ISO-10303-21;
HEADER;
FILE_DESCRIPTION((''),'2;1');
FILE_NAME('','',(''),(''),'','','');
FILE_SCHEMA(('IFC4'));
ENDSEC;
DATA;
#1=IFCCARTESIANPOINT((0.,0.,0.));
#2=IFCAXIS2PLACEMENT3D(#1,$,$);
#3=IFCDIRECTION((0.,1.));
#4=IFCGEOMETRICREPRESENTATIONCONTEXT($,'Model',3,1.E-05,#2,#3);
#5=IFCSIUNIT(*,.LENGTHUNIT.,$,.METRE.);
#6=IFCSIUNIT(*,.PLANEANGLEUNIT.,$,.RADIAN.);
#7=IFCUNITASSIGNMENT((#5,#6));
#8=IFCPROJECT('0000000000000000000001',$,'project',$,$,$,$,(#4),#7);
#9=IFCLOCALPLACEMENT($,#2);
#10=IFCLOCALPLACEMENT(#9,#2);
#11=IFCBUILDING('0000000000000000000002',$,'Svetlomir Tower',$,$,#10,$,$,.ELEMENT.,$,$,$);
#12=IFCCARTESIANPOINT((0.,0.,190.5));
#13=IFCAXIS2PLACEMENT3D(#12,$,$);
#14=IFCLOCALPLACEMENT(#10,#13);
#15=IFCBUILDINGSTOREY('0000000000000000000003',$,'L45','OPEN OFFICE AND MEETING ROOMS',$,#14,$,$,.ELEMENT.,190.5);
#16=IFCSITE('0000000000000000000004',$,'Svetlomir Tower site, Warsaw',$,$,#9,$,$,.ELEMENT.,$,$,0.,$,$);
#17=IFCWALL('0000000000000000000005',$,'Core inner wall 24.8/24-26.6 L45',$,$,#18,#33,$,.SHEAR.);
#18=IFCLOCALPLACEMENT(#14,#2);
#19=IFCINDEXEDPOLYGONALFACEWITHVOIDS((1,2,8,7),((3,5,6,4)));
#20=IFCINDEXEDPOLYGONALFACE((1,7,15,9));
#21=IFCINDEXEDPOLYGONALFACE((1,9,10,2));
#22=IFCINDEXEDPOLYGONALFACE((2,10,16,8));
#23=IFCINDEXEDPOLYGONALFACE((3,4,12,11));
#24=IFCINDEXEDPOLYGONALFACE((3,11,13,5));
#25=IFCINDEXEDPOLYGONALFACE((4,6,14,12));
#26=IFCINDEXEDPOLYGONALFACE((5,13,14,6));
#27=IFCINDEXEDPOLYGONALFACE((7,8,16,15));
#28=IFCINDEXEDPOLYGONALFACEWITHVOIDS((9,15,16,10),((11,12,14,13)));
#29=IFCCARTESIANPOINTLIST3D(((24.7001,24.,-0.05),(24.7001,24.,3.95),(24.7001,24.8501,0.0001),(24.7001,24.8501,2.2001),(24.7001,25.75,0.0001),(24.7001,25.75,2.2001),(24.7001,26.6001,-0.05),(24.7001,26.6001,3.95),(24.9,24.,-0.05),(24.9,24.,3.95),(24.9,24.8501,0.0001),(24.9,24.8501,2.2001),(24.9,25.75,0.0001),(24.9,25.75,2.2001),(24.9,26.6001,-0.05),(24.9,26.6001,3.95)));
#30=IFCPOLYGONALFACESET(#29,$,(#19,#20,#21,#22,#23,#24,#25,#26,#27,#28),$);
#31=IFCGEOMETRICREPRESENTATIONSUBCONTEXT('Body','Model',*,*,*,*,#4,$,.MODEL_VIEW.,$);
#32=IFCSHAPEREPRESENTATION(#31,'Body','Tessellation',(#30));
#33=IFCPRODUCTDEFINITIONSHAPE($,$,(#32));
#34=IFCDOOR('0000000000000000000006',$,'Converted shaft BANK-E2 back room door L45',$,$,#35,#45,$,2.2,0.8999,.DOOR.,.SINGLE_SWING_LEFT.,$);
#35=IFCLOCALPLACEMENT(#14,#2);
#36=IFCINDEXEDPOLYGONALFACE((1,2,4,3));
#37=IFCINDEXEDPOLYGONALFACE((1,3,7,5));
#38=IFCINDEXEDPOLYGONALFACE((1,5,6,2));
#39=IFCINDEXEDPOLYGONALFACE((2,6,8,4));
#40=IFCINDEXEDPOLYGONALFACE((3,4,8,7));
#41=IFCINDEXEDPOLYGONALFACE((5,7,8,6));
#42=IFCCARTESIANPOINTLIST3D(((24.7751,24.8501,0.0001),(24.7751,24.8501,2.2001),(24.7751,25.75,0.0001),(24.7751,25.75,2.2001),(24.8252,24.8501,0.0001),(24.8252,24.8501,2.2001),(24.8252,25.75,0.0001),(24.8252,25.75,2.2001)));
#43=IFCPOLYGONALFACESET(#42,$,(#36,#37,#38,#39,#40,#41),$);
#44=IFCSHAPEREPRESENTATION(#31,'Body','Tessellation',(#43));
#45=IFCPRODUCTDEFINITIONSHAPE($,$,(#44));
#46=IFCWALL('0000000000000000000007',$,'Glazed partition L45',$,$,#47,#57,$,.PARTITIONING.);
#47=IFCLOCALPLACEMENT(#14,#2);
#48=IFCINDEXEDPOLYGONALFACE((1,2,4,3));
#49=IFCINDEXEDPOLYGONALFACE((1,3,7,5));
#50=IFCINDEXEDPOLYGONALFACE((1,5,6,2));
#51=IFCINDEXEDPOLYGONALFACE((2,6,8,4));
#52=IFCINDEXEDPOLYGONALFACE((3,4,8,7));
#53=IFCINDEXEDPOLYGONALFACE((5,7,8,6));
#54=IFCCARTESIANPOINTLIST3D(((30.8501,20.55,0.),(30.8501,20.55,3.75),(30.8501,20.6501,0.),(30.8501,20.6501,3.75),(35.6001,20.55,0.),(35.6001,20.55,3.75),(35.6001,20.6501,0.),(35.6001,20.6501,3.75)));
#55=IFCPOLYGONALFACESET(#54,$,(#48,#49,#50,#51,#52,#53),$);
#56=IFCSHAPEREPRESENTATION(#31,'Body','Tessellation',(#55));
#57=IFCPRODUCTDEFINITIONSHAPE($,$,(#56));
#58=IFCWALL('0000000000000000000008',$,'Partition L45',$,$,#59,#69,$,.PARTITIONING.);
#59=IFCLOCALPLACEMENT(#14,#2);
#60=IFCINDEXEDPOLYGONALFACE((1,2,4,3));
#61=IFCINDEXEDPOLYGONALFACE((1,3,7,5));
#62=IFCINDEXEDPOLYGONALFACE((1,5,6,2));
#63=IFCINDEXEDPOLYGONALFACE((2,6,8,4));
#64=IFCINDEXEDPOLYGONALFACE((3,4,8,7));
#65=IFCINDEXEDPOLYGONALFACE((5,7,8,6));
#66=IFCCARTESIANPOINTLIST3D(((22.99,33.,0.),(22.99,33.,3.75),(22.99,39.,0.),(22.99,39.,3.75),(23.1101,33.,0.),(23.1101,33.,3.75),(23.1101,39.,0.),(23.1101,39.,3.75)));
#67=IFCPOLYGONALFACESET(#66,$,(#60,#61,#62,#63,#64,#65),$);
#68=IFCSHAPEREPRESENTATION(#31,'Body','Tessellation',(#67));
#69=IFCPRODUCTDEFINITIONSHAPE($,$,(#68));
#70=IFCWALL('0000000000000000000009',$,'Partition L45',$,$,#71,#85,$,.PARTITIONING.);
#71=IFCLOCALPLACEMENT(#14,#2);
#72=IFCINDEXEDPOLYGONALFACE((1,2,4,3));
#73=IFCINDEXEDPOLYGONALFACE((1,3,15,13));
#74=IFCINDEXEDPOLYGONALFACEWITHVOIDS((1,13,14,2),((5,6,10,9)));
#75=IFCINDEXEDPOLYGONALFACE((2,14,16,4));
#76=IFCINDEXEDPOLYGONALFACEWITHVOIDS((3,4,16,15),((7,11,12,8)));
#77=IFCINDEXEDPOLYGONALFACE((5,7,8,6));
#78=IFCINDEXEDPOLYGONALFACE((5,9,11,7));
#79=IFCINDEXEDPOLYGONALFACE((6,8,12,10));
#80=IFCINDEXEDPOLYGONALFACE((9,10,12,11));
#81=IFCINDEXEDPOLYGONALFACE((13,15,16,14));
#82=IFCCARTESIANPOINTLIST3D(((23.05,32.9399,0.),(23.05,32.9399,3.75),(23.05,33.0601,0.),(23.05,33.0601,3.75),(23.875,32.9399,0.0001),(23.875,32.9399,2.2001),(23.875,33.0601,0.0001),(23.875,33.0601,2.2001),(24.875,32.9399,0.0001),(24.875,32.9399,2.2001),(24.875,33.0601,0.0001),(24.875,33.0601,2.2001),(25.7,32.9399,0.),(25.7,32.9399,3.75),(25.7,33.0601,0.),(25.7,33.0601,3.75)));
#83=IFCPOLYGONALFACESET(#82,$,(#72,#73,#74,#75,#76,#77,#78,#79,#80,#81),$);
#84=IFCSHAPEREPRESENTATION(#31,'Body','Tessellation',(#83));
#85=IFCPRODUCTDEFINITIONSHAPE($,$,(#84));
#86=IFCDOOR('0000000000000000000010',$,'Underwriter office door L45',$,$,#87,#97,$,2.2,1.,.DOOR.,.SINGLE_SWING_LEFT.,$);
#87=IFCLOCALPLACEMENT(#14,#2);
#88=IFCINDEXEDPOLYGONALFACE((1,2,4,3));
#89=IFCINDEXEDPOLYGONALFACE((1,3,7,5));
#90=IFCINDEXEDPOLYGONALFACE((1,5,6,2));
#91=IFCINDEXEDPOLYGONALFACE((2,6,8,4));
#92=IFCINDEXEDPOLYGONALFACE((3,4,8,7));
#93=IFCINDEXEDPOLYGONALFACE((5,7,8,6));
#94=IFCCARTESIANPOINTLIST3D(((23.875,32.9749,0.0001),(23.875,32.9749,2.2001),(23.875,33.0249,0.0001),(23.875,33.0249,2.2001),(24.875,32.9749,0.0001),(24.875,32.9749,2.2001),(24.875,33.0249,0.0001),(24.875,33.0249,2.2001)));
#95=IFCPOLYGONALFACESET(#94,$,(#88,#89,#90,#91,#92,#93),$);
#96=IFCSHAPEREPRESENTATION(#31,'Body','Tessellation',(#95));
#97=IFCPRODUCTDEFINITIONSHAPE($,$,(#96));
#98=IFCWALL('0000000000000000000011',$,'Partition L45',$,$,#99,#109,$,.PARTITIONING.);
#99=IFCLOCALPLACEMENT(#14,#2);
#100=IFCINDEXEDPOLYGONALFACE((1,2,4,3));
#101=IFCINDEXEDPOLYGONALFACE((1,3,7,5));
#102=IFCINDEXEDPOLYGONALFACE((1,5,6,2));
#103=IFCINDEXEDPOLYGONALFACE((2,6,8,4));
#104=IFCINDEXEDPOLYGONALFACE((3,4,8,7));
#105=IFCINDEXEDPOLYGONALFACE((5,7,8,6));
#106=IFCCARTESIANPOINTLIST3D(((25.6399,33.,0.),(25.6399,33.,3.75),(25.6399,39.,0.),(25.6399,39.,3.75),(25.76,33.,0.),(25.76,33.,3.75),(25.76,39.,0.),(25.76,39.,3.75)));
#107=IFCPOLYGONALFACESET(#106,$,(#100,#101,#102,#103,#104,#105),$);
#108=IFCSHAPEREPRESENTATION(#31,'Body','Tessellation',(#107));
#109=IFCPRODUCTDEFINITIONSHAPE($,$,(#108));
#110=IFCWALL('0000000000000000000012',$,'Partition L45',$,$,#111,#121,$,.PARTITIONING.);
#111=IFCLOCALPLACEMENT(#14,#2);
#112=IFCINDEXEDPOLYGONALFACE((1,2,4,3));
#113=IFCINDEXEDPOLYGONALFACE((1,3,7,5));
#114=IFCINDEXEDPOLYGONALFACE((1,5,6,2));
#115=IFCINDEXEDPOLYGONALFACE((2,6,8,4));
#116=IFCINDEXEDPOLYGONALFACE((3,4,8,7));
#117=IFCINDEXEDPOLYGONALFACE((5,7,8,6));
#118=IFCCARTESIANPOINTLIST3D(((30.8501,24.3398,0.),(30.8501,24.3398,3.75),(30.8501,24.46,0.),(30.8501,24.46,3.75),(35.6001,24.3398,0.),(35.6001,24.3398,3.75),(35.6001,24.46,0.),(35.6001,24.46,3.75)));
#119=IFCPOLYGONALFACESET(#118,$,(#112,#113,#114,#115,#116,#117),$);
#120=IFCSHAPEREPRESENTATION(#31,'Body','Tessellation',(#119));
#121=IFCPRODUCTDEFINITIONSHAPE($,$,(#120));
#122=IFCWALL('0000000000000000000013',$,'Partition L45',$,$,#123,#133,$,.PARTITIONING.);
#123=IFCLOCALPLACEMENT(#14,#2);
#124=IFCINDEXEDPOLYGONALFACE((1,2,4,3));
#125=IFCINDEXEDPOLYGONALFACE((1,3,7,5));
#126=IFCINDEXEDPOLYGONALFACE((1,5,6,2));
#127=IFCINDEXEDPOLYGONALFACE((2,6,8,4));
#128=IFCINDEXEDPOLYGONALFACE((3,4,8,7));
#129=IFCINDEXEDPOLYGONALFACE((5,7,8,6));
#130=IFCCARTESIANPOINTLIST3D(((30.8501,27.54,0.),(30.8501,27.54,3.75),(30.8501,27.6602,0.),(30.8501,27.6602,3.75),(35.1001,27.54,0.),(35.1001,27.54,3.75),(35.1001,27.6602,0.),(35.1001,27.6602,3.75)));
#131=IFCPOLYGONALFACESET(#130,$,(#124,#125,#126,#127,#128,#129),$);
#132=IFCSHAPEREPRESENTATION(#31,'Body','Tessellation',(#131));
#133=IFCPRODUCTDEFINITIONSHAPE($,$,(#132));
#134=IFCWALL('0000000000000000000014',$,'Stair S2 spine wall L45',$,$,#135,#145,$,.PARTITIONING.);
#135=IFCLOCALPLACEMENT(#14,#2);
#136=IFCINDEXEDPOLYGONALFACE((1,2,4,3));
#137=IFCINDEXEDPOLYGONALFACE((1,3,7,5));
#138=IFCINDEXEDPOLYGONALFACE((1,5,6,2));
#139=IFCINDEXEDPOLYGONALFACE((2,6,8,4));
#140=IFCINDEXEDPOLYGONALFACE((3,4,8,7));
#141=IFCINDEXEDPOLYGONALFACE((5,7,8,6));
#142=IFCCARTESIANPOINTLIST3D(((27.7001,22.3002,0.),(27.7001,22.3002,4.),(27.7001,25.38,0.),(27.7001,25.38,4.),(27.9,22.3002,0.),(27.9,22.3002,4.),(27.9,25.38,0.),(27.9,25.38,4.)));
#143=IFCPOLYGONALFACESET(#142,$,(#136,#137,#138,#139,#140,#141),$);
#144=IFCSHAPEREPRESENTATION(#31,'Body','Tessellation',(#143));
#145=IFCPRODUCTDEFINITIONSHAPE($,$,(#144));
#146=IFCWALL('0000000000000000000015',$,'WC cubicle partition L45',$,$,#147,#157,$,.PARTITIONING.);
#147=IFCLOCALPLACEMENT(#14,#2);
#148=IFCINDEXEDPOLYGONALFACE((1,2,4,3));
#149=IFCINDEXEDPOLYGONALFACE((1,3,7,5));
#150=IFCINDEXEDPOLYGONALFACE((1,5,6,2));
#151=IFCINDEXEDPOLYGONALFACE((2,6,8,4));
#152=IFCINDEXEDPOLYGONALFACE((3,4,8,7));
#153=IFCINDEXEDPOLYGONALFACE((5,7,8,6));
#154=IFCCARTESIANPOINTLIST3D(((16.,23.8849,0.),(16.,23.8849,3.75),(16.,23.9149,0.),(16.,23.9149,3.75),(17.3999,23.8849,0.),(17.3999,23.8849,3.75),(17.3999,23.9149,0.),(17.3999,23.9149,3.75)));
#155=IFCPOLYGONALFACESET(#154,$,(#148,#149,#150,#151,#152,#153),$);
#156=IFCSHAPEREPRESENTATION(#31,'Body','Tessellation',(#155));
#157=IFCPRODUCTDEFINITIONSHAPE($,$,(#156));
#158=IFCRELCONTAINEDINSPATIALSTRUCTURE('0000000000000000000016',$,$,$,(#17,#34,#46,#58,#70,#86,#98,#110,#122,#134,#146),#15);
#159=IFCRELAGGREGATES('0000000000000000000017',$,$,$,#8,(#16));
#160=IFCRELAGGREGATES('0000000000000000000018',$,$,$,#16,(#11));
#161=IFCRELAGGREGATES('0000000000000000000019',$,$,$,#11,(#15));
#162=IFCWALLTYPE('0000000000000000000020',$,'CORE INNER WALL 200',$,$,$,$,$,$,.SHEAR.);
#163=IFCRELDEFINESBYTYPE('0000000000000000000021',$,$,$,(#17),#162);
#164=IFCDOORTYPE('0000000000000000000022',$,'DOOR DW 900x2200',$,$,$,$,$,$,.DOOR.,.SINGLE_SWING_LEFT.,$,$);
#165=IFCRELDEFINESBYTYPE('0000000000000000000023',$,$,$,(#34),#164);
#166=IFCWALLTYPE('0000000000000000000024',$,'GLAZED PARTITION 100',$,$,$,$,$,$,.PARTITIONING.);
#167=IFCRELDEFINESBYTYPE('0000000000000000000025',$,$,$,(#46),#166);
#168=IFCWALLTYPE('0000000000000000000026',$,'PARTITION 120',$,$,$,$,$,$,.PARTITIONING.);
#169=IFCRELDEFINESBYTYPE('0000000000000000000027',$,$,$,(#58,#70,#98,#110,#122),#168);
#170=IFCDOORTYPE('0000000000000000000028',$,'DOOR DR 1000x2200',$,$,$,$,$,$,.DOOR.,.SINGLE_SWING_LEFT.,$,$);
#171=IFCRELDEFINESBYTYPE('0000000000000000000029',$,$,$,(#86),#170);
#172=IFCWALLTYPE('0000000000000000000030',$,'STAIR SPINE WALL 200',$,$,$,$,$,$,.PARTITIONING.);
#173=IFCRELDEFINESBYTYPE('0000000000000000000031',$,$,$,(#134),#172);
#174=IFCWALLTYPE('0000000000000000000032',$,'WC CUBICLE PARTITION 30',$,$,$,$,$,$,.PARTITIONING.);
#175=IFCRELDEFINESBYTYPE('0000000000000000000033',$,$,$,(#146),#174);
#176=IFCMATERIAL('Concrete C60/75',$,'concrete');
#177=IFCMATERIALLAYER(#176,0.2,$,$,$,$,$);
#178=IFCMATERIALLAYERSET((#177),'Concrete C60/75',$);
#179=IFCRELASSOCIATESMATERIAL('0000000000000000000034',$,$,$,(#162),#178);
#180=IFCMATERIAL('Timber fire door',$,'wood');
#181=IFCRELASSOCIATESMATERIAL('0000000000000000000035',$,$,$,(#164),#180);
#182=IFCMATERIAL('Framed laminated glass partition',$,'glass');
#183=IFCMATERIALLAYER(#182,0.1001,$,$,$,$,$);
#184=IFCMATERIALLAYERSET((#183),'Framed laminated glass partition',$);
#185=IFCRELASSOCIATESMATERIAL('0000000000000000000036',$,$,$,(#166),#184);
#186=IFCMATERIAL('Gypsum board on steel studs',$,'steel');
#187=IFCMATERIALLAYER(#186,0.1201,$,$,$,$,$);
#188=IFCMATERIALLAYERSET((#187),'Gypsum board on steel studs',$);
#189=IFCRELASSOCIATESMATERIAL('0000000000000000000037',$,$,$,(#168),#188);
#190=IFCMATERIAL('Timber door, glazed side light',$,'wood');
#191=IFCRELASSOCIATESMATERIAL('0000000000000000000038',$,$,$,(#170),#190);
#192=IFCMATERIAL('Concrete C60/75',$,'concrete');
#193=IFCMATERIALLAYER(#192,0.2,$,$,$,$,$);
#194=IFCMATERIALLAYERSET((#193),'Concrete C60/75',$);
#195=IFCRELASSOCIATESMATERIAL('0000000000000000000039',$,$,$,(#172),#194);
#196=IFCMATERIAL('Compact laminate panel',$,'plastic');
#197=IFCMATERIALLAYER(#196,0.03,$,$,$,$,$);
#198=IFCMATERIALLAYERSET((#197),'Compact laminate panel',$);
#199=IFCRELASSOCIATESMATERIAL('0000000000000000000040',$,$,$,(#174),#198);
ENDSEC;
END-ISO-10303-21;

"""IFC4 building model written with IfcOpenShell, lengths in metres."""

from ifc_helpers import new_model, si_unit, direction, frame, frame_2d, origin, place, context, subcontext, project, spatial, rectangle, extrude, material, layer, layer_set, type_object, element, fill, save


model = new_model("IFC4")

# Units and contexts
model_context = context("Model", 3, precision=1e-05, world=origin(), true_north=direction((0.0, 1.0)))
body_context = subcontext(model_context, "Body", "Model", "MODEL_VIEW")
ifc_project = project(units=[si_unit("LENGTHUNIT", "METRE"), si_unit("PLANEANGLEUNIT", "RADIAN")], contexts=[model_context])

# Site, building, storey
site_placement = place(None, origin())
site = spatial("IfcSite", under=ifc_project, at=site_placement, Name="Svetlomir Tower site, Warsaw", CompositionType="ELEMENT", RefElevation=0.0)
building_placement = place(site_placement, origin())
building = spatial("IfcBuilding", under=site, at=building_placement, Name="Svetlomir Tower", CompositionType="ELEMENT")
storey_placement = place(building_placement, frame((0.0, 0.0, 190.5)))
storey = spatial("IfcBuildingStorey", under=building, at=storey_placement, Name="L45", Description="OPEN OFFICE AND MEETING ROOMS", CompositionType="ELEMENT", Elevation=190.5)

# Shared definitions
ifc_material_1 = material(Name="Concrete C60/75", Category="concrete")
ifc_layer_1 = layer(ifc_material_1, 0.2)
ifc_layer_set_1 = layer_set([ifc_layer_1], Name="Concrete C60/75")
wall_type_1 = type_object("IfcWallType", Name="CORE INNER WALL 200", PredefinedType="SHEAR", material=ifc_layer_set_1)

# Wall, opening, door
ifc_material_2 = material(Name="Timber fire door", Category="wood")
door_type_1 = type_object("IfcDoorType", Name="DOOR DW 900x2200", OperationType="SINGLE_SWING_LEFT", PredefinedType="DOOR", material=ifc_material_2)
wall_1_placement = place(storey_placement, frame((24.8, 24.0, -0.05), z_axis=(0.0, 0.0, 1.0), x_axis=(0.0, 1.0, 0.0)))
wall_1 = element("IfcWall", 1, at=wall_1_placement, inside=storey, type_object=wall_type_1, Name="Core inner wall 24.8/24-26.6 L45", PredefinedType="SHEAR", context=body_context, shape_type="SweptSolid", body=[
    extrude(rectangle(XDim=2.6001, YDim=0.2, at=frame_2d((1.3, 0.0))), origin(), (0.0, 0.0, 1.0), 4.0),
])
opening_1_placement = place(wall_1_placement, frame((0.8501, 0.0, 0.05)))
opening_1 = element("IfcOpeningElement", 2, at=opening_1_placement, cuts=wall_1, PredefinedType="OPENING", context=body_context, shape_type="SweptSolid", body=[
    extrude(rectangle(XDim=0.8999, YDim=2.2, at=frame_2d((0.45, 1.1001))), frame((0.0, 0.1099, 0.0), z_axis=(0.0, -1.0, 0.0), x_axis=(1.0, 0.0, 0.0)), (0.0, 0.0, 1.0), 0.22),
])
door_1_placement = place(opening_1_placement, origin())
door_1 = element("IfcDoor", 3, at=door_1_placement, inside=storey, type_object=door_type_1, Name="Converted shaft BANK-E2 back room door L45", OperationType="SINGLE_SWING_LEFT", OverallHeight=2.2, OverallWidth=0.8999, PredefinedType="DOOR", context=body_context, shape_type="SweptSolid", body=[
    extrude(rectangle(XDim=0.8999, YDim=2.2, at=frame_2d((0.45, 1.1001))), frame((0.0, 0.0249, 0.0), z_axis=(0.0, -1.0, 0.0), x_axis=(1.0, 0.0, 0.0)), (0.0, 0.0, 1.0), 0.05),
])
fill(opening_1, door_1)

# Walls
ifc_material_3 = material(Name="Framed laminated glass partition", Category="glass")
ifc_layer_2 = layer(ifc_material_3, 0.1001)
ifc_layer_set_2 = layer_set([ifc_layer_2], Name="Framed laminated glass partition")
wall_type_2 = type_object("IfcWallType", Name="GLAZED PARTITION 100", PredefinedType="PARTITIONING", material=ifc_layer_set_2)
wall_2_placement = place(storey_placement, frame((30.8501, 20.6001, 0.0), z_axis=(0.0, 0.0, 1.0), x_axis=(1.0, 0.0, 0.0)))
element("IfcWall", 4, at=wall_2_placement, inside=storey, type_object=wall_type_2, Name="Glazed partition L45", PredefinedType="PARTITIONING", context=body_context, shape_type="SweptSolid", body=[
    extrude(rectangle(XDim=4.75, YDim=0.1001, at=frame_2d((2.375, 0.0))), origin(), (0.0, 0.0, 1.0), 3.75),
])
ifc_material_4 = material(Name="Gypsum board on steel studs", Category="steel")
ifc_layer_3 = layer(ifc_material_4, 0.1201)
ifc_layer_set_3 = layer_set([ifc_layer_3], Name="Gypsum board on steel studs")
wall_type_3 = type_object("IfcWallType", Name="PARTITION 120", PredefinedType="PARTITIONING", material=ifc_layer_set_3)
wall_3_placement = place(storey_placement, frame((23.05, 33.0, 0.0), z_axis=(0.0, 0.0, 1.0), x_axis=(0.0, 1.0, 0.0)))
element("IfcWall", 5, at=wall_3_placement, inside=storey, type_object=wall_type_3, Name="Partition L45", PredefinedType="PARTITIONING", context=body_context, shape_type="SweptSolid", body=[
    extrude(rectangle(XDim=6.0, YDim=0.1201, at=frame_2d((3.0, 0.0))), origin(), (0.0, 0.0, 1.0), 3.75),
])

# Wall, opening, door
wall_4_placement = place(storey_placement, frame((23.05, 33.0, 0.0), z_axis=(0.0, 0.0, 1.0), x_axis=(1.0, 0.0, 0.0)))
wall_4 = element("IfcWall", 6, at=wall_4_placement, inside=storey, type_object=wall_type_3, Name="Partition L45", PredefinedType="PARTITIONING", context=body_context, shape_type="SweptSolid", body=[
    extrude(rectangle(XDim=2.6499, YDim=0.1201, at=frame_2d((1.325, 0.0))), origin(), (0.0, 0.0, 1.0), 3.75),
])
opening_2_placement = place(wall_4_placement, frame((0.825, 0.0, 0.0)))
opening_2 = element("IfcOpeningElement", 7, at=opening_2_placement, cuts=wall_4, PredefinedType="OPENING", context=body_context, shape_type="SweptSolid", body=[
    extrude(rectangle(XDim=1.0, YDim=2.2, at=frame_2d((0.5, 1.1001))), frame((0.0, 0.0701, 0.0), z_axis=(0.0, -1.0, 0.0), x_axis=(1.0, 0.0, 0.0)), (0.0, 0.0, 1.0), 0.1401),
])
ifc_material_5 = material(Name="Timber door, glazed side light", Category="wood")
door_type_2 = type_object("IfcDoorType", Name="DOOR DR 1000x2200", OperationType="SINGLE_SWING_LEFT", PredefinedType="DOOR", material=ifc_material_5)
door_2_placement = place(opening_2_placement, origin())
door_2 = element("IfcDoor", 8, at=door_2_placement, inside=storey, type_object=door_type_2, Name="Underwriter office door L45", OperationType="SINGLE_SWING_LEFT", OverallHeight=2.2, OverallWidth=1.0, PredefinedType="DOOR", context=body_context, shape_type="SweptSolid", body=[
    extrude(rectangle(XDim=1.0, YDim=2.2, at=frame_2d((0.5, 1.1001))), frame((0.0, 0.0249, 0.0), z_axis=(0.0, -1.0, 0.0), x_axis=(1.0, 0.0, 0.0)), (0.0, 0.0, 1.0), 0.05),
])
fill(opening_2, door_2)

# Walls
wall_5_placement = place(storey_placement, frame((25.7, 33.0, 0.0), z_axis=(0.0, 0.0, 1.0), x_axis=(0.0, 1.0, 0.0)))
element("IfcWall", 9, at=wall_5_placement, inside=storey, type_object=wall_type_3, Name="Partition L45", PredefinedType="PARTITIONING", context=body_context, shape_type="SweptSolid", body=[
    extrude(rectangle(XDim=6.0, YDim=0.1201, at=frame_2d((3.0, 0.0))), origin(), (0.0, 0.0, 1.0), 3.75),
])
wall_6_placement = place(storey_placement, frame((30.8501, 24.3999, 0.0), z_axis=(0.0, 0.0, 1.0), x_axis=(1.0, 0.0, 0.0)))
element("IfcWall", 10, at=wall_6_placement, inside=storey, type_object=wall_type_3, Name="Partition L45", PredefinedType="PARTITIONING", context=body_context, shape_type="SweptSolid", body=[
    extrude(rectangle(XDim=4.75, YDim=0.1201, at=frame_2d((2.375, 0.0))), origin(), (0.0, 0.0, 1.0), 3.75),
])
wall_7_placement = place(storey_placement, frame((30.8501, 27.6001, 0.0), z_axis=(0.0, 0.0, 1.0), x_axis=(1.0, 0.0, 0.0)))
element("IfcWall", 11, at=wall_7_placement, inside=storey, type_object=wall_type_3, Name="Partition L45", PredefinedType="PARTITIONING", context=body_context, shape_type="SweptSolid", body=[
    extrude(rectangle(XDim=4.25, YDim=0.1201, at=frame_2d((2.125, 0.0))), origin(), (0.0, 0.0, 1.0), 3.75),
])
ifc_material_6 = material(Name="Concrete C60/75", Category="concrete")
ifc_layer_4 = layer(ifc_material_6, 0.2)
ifc_layer_set_4 = layer_set([ifc_layer_4], Name="Concrete C60/75")
wall_type_4 = type_object("IfcWallType", Name="STAIR SPINE WALL 200", PredefinedType="PARTITIONING", material=ifc_layer_set_4)
wall_8_placement = place(storey_placement, frame((27.8, 22.3, 0.0), z_axis=(0.0, 0.0, 1.0), x_axis=(0.0, 1.0, 0.0)))
element("IfcWall", 12, at=wall_8_placement, inside=storey, type_object=wall_type_4, Name="Stair S2 spine wall L45", PredefinedType="PARTITIONING", context=body_context, shape_type="SweptSolid", body=[
    extrude(rectangle(XDim=3.0798, YDim=0.2, at=frame_2d((1.54, 0.0))), origin(), (0.0, 0.0, 1.0), 4.0),
])
ifc_material_7 = material(Name="Compact laminate panel", Category="plastic")
ifc_layer_5 = layer(ifc_material_7, 0.03)
ifc_layer_set_5 = layer_set([ifc_layer_5], Name="Compact laminate panel")
wall_type_5 = type_object("IfcWallType", Name="WC CUBICLE PARTITION 30", PredefinedType="PARTITIONING", material=ifc_layer_set_5)
wall_9_placement = place(storey_placement, frame((16.0, 23.8999, 0.0), z_axis=(0.0, 0.0, 1.0), x_axis=(1.0, 0.0, 0.0)))
element("IfcWall", 13, at=wall_9_placement, inside=storey, type_object=wall_type_5, Name="WC cubicle partition L45", PredefinedType="PARTITIONING", context=body_context, shape_type="SweptSolid", body=[
    extrude(rectangle(XDim=1.3999, YDim=0.03, at=frame_2d((0.7, 0.0))), origin(), (0.0, 0.0, 1.0), 3.75),
])

save(model, "model.ifc")
